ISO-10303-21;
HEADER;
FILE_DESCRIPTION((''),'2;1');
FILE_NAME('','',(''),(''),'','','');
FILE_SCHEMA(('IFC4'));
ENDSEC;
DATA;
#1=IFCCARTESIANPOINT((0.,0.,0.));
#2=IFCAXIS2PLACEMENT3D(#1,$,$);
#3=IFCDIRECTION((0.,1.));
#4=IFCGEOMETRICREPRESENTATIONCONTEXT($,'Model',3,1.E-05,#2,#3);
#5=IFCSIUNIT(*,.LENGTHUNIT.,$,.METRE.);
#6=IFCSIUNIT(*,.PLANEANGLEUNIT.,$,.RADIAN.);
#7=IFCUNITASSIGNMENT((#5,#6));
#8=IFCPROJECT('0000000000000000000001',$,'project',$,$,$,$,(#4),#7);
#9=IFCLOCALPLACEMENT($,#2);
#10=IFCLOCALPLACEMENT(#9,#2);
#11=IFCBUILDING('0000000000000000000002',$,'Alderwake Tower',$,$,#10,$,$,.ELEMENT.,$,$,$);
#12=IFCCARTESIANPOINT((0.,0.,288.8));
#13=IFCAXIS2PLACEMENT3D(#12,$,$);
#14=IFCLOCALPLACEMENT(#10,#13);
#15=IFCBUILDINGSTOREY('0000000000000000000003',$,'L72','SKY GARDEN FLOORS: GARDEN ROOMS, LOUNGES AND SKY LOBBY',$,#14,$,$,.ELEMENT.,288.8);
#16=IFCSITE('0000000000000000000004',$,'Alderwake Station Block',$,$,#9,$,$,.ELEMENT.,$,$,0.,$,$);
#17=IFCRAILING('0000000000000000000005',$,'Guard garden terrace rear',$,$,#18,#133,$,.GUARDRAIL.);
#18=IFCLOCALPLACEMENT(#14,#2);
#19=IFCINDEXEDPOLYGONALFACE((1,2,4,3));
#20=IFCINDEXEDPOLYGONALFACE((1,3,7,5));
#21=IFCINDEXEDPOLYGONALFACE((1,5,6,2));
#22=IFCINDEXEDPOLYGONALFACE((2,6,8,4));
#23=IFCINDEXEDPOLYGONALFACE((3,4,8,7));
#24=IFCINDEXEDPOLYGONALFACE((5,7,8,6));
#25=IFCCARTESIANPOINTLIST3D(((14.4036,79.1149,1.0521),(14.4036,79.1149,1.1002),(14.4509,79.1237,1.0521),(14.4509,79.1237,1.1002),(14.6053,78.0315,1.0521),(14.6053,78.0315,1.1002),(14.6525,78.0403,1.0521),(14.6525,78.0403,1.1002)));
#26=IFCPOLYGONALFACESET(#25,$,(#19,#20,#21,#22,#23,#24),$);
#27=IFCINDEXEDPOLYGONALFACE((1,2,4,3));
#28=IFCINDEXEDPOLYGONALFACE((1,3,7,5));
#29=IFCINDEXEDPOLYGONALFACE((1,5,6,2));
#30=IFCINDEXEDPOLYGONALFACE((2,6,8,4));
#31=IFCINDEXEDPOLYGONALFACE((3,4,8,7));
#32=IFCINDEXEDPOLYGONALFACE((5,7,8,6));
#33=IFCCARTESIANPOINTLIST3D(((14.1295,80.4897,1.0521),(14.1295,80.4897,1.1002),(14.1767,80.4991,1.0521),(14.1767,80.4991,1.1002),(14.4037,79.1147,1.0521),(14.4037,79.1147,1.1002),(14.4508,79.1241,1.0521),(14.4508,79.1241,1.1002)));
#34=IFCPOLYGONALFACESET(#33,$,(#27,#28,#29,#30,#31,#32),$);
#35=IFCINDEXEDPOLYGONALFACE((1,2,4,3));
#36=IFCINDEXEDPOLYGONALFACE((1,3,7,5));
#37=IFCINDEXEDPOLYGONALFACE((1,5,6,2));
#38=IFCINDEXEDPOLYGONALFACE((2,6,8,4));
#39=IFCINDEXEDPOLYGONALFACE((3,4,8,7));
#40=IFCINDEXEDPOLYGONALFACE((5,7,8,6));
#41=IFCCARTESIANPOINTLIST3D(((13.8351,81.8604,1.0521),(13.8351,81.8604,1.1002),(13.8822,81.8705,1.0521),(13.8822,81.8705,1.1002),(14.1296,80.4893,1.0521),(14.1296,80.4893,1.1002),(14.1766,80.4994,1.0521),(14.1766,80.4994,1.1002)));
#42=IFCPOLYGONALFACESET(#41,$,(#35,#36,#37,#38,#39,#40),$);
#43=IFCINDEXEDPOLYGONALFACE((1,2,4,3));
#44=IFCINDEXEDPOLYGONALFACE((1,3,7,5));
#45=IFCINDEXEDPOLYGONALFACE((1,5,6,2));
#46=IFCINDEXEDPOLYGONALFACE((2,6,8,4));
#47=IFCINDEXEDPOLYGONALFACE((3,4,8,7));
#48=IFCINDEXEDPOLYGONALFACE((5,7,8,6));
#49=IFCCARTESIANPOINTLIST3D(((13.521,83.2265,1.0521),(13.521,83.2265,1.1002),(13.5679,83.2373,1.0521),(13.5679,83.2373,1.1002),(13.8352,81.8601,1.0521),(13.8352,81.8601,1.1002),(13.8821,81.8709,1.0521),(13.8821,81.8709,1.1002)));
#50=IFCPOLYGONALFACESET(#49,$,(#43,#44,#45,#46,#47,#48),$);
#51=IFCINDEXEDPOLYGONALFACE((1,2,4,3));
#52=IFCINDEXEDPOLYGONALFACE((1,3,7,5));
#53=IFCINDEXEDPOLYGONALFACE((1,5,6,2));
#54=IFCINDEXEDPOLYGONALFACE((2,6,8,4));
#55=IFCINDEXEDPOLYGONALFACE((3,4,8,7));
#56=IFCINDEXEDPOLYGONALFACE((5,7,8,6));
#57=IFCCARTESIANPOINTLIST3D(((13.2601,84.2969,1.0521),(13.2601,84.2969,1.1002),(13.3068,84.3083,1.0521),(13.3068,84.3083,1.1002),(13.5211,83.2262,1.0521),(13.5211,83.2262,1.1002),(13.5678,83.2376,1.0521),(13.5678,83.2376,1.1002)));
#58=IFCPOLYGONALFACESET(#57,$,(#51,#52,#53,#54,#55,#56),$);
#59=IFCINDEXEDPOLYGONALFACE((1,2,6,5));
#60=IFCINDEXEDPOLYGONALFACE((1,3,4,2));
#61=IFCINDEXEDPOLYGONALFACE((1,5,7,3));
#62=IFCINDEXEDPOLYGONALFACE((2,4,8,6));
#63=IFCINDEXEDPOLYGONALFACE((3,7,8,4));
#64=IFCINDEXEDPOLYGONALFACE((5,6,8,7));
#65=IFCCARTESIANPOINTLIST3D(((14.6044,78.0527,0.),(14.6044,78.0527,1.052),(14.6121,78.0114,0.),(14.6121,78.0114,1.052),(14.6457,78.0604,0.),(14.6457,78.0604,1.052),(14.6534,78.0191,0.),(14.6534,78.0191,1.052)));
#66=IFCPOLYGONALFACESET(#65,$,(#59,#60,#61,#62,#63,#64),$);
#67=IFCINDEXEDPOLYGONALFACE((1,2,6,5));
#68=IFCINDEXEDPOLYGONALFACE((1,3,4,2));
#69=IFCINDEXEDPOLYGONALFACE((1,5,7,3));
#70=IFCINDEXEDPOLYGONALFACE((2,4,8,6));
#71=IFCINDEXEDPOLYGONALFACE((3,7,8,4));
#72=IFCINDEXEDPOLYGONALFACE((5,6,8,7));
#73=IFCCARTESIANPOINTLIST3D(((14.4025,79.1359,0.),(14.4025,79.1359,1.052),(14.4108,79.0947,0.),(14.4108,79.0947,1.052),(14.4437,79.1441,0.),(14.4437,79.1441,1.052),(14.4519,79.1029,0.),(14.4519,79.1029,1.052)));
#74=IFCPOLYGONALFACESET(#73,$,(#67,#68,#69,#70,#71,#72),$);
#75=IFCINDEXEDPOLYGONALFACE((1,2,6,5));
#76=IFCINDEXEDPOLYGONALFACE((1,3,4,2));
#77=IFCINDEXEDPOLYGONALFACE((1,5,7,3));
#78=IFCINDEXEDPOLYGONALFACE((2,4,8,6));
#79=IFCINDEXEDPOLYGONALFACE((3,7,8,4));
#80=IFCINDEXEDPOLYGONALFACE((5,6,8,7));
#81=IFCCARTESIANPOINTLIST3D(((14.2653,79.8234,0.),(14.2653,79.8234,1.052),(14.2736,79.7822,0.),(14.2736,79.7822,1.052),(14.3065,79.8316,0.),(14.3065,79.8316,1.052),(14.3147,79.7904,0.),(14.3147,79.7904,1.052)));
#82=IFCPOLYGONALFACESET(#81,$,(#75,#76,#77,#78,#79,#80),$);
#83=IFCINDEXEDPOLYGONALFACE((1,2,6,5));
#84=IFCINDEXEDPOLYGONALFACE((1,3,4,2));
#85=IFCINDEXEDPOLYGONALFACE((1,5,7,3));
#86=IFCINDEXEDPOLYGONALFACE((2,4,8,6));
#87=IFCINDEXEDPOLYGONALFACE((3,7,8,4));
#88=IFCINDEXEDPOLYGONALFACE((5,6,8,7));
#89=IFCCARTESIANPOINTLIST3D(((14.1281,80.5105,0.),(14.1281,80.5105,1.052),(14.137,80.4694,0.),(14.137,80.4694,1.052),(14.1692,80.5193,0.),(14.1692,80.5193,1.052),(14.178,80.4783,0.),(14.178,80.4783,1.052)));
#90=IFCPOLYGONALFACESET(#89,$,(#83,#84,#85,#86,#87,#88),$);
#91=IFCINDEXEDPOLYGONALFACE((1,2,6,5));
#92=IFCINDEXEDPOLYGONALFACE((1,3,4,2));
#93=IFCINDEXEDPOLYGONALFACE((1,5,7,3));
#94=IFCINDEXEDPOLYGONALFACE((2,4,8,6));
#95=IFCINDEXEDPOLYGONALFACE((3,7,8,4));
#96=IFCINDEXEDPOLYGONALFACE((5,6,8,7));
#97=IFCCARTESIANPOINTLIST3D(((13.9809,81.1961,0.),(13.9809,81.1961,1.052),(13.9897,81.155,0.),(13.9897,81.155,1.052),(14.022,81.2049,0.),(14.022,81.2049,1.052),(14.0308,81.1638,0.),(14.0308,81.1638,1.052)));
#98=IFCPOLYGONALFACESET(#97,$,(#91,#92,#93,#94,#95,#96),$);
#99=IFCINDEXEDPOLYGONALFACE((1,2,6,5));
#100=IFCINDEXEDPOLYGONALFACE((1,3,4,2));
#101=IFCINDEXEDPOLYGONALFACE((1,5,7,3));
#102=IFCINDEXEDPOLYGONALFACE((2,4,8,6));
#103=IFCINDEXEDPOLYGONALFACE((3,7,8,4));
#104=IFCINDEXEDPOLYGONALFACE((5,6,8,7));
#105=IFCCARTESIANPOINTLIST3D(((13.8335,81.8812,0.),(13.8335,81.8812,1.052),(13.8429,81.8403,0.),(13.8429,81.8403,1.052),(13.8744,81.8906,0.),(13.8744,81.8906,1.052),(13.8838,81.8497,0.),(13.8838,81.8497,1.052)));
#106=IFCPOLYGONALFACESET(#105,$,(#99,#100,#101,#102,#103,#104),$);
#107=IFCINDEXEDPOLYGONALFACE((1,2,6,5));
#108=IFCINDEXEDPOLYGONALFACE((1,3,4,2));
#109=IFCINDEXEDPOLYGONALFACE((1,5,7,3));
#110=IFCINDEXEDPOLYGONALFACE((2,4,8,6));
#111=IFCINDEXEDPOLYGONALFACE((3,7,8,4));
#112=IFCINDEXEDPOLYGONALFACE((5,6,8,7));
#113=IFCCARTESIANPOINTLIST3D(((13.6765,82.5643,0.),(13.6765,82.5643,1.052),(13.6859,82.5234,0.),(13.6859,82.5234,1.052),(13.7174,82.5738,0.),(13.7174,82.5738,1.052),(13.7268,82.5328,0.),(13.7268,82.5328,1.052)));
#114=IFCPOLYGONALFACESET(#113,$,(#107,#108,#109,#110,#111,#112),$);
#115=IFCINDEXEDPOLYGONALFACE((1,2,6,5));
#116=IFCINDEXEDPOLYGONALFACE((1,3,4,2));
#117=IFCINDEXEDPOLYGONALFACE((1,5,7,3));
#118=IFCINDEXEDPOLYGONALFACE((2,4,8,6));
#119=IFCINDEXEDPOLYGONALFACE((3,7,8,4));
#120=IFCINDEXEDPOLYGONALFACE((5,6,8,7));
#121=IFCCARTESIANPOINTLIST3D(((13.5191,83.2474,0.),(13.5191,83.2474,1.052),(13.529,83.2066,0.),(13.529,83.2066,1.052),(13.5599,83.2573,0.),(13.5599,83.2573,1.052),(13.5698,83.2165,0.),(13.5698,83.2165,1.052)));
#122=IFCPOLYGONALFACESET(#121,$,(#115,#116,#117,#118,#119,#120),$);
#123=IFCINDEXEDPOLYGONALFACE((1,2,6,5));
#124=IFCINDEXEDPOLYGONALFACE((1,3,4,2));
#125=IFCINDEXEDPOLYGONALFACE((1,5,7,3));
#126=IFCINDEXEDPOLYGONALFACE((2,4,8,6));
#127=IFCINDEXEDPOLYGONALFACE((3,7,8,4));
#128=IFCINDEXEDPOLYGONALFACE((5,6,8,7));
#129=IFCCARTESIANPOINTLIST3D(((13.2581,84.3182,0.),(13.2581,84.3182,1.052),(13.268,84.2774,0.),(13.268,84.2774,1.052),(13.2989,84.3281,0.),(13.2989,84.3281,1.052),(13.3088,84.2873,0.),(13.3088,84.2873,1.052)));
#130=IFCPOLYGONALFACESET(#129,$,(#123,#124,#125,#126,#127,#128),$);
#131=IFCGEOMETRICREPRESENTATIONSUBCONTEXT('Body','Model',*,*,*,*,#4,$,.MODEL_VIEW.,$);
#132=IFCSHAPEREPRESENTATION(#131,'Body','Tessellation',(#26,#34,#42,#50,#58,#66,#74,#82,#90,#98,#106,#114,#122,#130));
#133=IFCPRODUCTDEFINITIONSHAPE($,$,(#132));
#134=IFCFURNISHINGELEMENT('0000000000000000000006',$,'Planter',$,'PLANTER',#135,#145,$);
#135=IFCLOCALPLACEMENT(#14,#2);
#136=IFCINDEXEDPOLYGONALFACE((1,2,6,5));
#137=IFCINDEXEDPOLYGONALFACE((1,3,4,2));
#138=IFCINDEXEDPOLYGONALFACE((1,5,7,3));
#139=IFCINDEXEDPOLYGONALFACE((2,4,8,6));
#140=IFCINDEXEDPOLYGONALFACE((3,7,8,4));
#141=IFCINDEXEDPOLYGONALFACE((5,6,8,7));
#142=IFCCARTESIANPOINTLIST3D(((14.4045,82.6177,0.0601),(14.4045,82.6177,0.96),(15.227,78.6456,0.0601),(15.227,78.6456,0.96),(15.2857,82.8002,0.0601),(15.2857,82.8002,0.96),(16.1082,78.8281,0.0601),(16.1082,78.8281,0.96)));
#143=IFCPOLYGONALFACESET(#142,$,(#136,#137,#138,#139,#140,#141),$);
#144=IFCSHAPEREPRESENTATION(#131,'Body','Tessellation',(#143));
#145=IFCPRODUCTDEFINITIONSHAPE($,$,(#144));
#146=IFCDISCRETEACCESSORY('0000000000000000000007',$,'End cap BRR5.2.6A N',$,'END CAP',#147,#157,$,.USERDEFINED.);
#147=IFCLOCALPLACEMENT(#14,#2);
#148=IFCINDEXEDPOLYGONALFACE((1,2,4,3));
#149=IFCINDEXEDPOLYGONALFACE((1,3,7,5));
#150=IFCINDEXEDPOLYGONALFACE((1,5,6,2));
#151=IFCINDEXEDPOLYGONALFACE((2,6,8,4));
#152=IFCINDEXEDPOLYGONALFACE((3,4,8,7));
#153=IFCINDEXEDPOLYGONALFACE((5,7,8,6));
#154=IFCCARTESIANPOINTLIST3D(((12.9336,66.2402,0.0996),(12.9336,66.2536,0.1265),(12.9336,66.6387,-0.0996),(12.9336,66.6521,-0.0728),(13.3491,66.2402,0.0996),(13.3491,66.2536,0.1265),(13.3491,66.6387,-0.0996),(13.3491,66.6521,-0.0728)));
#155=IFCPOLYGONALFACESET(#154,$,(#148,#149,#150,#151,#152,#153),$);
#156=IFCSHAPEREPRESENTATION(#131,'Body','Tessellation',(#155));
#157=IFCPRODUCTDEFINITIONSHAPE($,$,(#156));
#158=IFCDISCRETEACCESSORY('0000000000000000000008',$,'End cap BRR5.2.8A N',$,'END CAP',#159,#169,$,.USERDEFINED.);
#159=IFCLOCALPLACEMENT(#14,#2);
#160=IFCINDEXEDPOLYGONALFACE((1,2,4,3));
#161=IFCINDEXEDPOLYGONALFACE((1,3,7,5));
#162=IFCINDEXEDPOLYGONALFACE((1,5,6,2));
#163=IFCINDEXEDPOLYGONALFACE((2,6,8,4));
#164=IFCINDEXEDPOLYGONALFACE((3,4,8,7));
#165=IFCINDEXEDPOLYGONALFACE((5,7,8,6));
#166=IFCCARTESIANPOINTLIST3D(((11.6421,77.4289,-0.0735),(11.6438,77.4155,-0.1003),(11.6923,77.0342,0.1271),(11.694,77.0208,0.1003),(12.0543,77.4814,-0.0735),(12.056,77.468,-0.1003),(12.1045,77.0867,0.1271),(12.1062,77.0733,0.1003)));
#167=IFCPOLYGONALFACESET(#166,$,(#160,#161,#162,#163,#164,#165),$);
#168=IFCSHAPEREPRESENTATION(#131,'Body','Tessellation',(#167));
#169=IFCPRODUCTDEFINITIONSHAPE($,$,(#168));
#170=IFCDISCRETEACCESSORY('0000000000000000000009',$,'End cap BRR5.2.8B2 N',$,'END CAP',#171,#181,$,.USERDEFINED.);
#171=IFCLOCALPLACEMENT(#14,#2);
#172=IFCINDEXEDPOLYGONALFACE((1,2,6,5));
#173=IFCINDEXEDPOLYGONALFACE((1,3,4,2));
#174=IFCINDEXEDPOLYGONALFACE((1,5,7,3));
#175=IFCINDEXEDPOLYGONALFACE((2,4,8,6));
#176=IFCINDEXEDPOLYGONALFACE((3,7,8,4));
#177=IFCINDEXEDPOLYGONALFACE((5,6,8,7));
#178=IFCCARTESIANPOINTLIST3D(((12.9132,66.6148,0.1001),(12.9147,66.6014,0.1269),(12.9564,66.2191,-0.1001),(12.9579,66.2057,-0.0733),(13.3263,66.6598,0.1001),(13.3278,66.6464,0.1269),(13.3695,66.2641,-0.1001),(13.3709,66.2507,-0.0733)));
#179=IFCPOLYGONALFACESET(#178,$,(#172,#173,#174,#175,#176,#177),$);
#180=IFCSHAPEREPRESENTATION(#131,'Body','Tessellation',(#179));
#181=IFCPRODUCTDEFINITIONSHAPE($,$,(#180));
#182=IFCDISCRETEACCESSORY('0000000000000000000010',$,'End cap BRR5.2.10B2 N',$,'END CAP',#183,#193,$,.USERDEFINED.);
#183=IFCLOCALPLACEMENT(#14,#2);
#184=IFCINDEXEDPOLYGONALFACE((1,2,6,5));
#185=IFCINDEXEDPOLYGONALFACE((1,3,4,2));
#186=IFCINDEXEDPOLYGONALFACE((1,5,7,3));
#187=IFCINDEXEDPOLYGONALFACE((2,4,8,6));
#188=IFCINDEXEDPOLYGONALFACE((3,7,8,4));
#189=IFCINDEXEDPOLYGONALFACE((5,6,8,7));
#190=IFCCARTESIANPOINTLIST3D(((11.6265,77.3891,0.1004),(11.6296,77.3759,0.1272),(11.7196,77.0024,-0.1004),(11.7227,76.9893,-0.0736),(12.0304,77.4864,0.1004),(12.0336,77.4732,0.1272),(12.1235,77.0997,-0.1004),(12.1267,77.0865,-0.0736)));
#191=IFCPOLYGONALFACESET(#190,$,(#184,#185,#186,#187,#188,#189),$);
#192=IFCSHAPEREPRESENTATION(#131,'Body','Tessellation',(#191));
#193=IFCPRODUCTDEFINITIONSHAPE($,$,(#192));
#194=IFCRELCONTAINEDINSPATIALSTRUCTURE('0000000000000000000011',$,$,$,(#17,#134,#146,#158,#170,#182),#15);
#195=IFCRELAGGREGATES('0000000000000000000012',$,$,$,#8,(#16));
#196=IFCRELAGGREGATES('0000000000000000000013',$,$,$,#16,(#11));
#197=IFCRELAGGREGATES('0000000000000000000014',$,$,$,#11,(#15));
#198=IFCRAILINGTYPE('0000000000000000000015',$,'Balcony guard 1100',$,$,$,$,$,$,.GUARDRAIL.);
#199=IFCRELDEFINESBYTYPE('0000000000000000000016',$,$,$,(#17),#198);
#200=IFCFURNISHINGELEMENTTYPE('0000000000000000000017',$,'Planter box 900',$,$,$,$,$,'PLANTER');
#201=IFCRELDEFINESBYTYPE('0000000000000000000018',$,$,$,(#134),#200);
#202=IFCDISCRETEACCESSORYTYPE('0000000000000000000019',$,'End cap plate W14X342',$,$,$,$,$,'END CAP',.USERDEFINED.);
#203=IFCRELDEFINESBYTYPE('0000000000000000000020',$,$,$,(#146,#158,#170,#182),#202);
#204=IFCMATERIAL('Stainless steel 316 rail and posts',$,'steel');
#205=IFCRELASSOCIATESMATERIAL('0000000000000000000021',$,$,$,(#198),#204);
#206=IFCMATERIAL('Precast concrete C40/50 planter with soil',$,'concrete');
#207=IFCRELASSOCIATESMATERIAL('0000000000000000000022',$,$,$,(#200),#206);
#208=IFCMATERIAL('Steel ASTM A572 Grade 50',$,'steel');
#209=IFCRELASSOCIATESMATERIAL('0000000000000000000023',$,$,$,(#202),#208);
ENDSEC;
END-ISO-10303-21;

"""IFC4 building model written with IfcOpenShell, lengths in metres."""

from ifc_helpers import new_model, si_unit, direction, frame, origin, origin_2d, place, context, subcontext, project, spatial, rectangle, extrude, material, material_profile, profile_set, type_object, element, save


model = new_model("IFC4")

# Units and contexts
model_context = context("Model", 3, precision=1e-05, world=origin(), true_north=direction((0.0, 1.0)))
body_context = subcontext(model_context, "Body", "Model", "MODEL_VIEW")
ifc_project = project(units=[si_unit("LENGTHUNIT", "METRE"), si_unit("PLANEANGLEUNIT", "RADIAN")], contexts=[model_context])

# Site, building, storey
site_placement = place(None, origin())
site = spatial("IfcSite", under=ifc_project, at=site_placement, Name="Alderwake Station Block", CompositionType="ELEMENT", RefElevation=0.0)
building_placement = place(site_placement, origin())
building = spatial("IfcBuilding", under=site, at=building_placement, Name="Alderwake Tower", CompositionType="ELEMENT")
storey_placement = place(building_placement, frame((0.0, 0.0, 288.8)))
storey = spatial("IfcBuildingStorey", under=building, at=storey_placement, Name="L72", Description="SKY GARDEN FLOORS: GARDEN ROOMS, LOUNGES AND SKY LOBBY", CompositionType="ELEMENT", Elevation=288.8)

# Railing
ifc_material_1 = material(Name="Stainless steel 316 rail and posts", Category="steel")
railing_type = type_object("IfcRailingType", Name="Balcony guard 1100", PredefinedType="GUARDRAIL", material=ifc_material_1)
railing_placement = place(storey_placement, frame((14.6289, 78.0359, 0.0)))
element("IfcRailing", 1, at=railing_placement, inside=storey, type_object=railing_type, Name="Guard garden terrace rear", PredefinedType="GUARDRAIL", context=body_context, shape_type="SweptSolid", body=[
    extrude(rectangle(XDim=0.0481, YDim=0.0481, at=origin_2d()), frame((0.0, 0.0, 1.0762), z_axis=(-0.182978, 0.983117, 0.0), x_axis=(-0.983117, -0.182978, 0.0)), (0.0, 0.0, 1.0), 1.1021),
    extrude(rectangle(XDim=0.0481, YDim=0.0481, at=origin_2d()), frame((-0.2017, 1.0835, 1.0762), z_axis=(-0.195547, 0.980694, 0.0), x_axis=(-0.980694, -0.195547, 0.0)), (0.0, 0.0, 1.0), 1.4021),
    extrude(rectangle(XDim=0.0481, YDim=0.0481, at=origin_2d()), frame((-0.4758, 2.4585, 1.0762), z_axis=(-0.209957, 0.977711, 0.0), x_axis=(-0.977711, -0.209957, 0.0)), (0.0, 0.0, 1.0), 1.4023),
    extrude(rectangle(XDim=0.0481, YDim=0.0481, at=origin_2d()), frame((-0.7703, 3.8296, 1.0762), z_axis=(-0.224096, 0.974567, 0.0), x_axis=(-0.974567, -0.224096, 0.0)), (0.0, 0.0, 1.0), 1.4021),
    extrude(rectangle(XDim=0.0481, YDim=0.0481, at=origin_2d()), frame((-1.0845, 5.196, 1.0762), z_axis=(-0.236798, 0.971559, 0.0), x_axis=(-0.971559, -0.236798, 0.0)), (0.0, 0.0, 1.0), 1.1021),
    extrude(rectangle(XDim=0.042, YDim=0.042, at=origin_2d()), frame((0.0, 0.0, 0.0), z_axis=(0.0, 0.0, 1.0), x_axis=(-0.182978, 0.983117, 0.0)), (0.0, 0.0, 1.0), 1.052),
    extrude(rectangle(XDim=0.042, YDim=0.042, at=origin_2d()), frame((-0.2017, 1.0835, 0.0), z_axis=(0.0, 0.0, 1.0), x_axis=(-0.195547, 0.980694, 0.0)), (0.0, 0.0, 1.0), 1.052),
    extrude(rectangle(XDim=0.042, YDim=0.042, at=origin_2d()), frame((-0.3389, 1.771, 0.0), z_axis=(0.0, 0.0, 1.0), x_axis=(-0.195547, 0.980694, 0.0)), (0.0, 0.0, 1.0), 1.052),
    extrude(rectangle(XDim=0.042, YDim=0.042, at=origin_2d()), frame((-0.4758, 2.4585, 0.0), z_axis=(0.0, 0.0, 1.0), x_axis=(-0.209957, 0.977711, 0.0)), (0.0, 0.0, 1.0), 1.052),
    extrude(rectangle(XDim=0.042, YDim=0.042, at=origin_2d()), frame((-0.623, 3.144, 0.0), z_axis=(0.0, 0.0, 1.0), x_axis=(-0.209957, 0.977711, 0.0)), (0.0, 0.0, 1.0), 1.052),
    extrude(rectangle(XDim=0.042, YDim=0.042, at=origin_2d()), frame((-0.7703, 3.8296, 0.0), z_axis=(0.0, 0.0, 1.0), x_axis=(-0.224096, 0.974567, 0.0)), (0.0, 0.0, 1.0), 1.052),
    extrude(rectangle(XDim=0.042, YDim=0.042, at=origin_2d()), frame((-0.9272, 4.5127, 0.0), z_axis=(0.0, 0.0, 1.0), x_axis=(-0.224096, 0.974567, 0.0)), (0.0, 0.0, 1.0), 1.052),
    extrude(rectangle(XDim=0.042, YDim=0.042, at=origin_2d()), frame((-1.0845, 5.196, 0.0), z_axis=(0.0, 0.0, 1.0), x_axis=(-0.236798, 0.971559, 0.0)), (0.0, 0.0, 1.0), 1.052),
    extrude(rectangle(XDim=0.042, YDim=0.042, at=origin_2d()), frame((-1.3455, 6.2668, 0.0), z_axis=(0.0, 0.0, 1.0), x_axis=(-0.236798, 0.971559, 0.0)), (0.0, 0.0, 1.0), 1.052),
])

# Furnishing element
ifc_material_2 = material(Name="Precast concrete C40/50 planter with soil", Category="concrete")
furnishing_element_type = type_object("IfcFurnishingElementType", Name="Planter box 900", ElementType="PLANTER", material=ifc_material_2)
furnishing_placement = place(storey_placement, frame((15.2563, 80.7229, 0.0601), z_axis=(0.0, 0.0, 1.0), x_axis=(0.97923, 0.202751, 0.0)))
element("IfcFurnishingElement", 2, at=furnishing_placement, inside=storey, type_object=furnishing_element_type, Name="Planter", ObjectType="PLANTER", context=body_context, shape_type="SweptSolid", body=[
    extrude(rectangle(XDim=0.8999, YDim=4.0564, at=origin_2d()), origin(), (0.0, 0.0, 1.0), 0.8999),
])

# Discrete accessories
ifc_material_3 = material(Name="Steel ASTM A572 Grade 50", Category="steel")
ifc_material_profile_1 = material_profile(ifc_material_3, rectangle(XDim=0.4155, YDim=0.4456, at=origin_2d()), Name="W14X342 cap")
ifc_profile_set_1 = profile_set([ifc_material_profile_1], Name="Steel ASTM A572 Grade 50")
discrete_accessory_type = type_object("IfcDiscreteAccessoryType", Name="End cap plate W14X342", ElementType="END CAP", PredefinedType="USERDEFINED", material=ifc_profile_set_1)
for number, where, z_axis, x_axis, name in (
    (3, (13.1414, 66.4395, 0.0), (0.0, 0.447214, 0.894427), (-1.0, 0.0, 0.0), "End cap BRR5.2.6A N"),
    (4, (11.875, 77.2444, 0.0), (-0.056826, 0.446491, 0.892982), (-0.991998, -0.126254, 0.0), "End cap BRR5.2.8A N"),
    (5, (13.1414, 66.4395, 0.0), (0.048729, -0.446682, 0.893365), (0.994102, 0.108448, 0.0), "End cap BRR5.2.8B2 N"),
    (6, (11.875, 77.2444, 0.0), (0.105496, -0.438214, 0.892658), (0.972224, 0.234054, 0.0), "End cap BRR5.2.10B2 N"),
):
    element("IfcDiscreteAccessory", number, at=place(storey_placement, frame(where, z_axis=z_axis, x_axis=x_axis)), inside=storey, type_object=discrete_accessory_type, Name=name, ObjectType="END CAP", PredefinedType="USERDEFINED", context=body_context, shape_type="SweptSolid", body=[
        extrude(rectangle(XDim=0.4155, YDim=0.4456, at=origin_2d()), origin(), (0.0, 0.0, 1.0), 0.03),
    ])

save(model, "model.ifc")
